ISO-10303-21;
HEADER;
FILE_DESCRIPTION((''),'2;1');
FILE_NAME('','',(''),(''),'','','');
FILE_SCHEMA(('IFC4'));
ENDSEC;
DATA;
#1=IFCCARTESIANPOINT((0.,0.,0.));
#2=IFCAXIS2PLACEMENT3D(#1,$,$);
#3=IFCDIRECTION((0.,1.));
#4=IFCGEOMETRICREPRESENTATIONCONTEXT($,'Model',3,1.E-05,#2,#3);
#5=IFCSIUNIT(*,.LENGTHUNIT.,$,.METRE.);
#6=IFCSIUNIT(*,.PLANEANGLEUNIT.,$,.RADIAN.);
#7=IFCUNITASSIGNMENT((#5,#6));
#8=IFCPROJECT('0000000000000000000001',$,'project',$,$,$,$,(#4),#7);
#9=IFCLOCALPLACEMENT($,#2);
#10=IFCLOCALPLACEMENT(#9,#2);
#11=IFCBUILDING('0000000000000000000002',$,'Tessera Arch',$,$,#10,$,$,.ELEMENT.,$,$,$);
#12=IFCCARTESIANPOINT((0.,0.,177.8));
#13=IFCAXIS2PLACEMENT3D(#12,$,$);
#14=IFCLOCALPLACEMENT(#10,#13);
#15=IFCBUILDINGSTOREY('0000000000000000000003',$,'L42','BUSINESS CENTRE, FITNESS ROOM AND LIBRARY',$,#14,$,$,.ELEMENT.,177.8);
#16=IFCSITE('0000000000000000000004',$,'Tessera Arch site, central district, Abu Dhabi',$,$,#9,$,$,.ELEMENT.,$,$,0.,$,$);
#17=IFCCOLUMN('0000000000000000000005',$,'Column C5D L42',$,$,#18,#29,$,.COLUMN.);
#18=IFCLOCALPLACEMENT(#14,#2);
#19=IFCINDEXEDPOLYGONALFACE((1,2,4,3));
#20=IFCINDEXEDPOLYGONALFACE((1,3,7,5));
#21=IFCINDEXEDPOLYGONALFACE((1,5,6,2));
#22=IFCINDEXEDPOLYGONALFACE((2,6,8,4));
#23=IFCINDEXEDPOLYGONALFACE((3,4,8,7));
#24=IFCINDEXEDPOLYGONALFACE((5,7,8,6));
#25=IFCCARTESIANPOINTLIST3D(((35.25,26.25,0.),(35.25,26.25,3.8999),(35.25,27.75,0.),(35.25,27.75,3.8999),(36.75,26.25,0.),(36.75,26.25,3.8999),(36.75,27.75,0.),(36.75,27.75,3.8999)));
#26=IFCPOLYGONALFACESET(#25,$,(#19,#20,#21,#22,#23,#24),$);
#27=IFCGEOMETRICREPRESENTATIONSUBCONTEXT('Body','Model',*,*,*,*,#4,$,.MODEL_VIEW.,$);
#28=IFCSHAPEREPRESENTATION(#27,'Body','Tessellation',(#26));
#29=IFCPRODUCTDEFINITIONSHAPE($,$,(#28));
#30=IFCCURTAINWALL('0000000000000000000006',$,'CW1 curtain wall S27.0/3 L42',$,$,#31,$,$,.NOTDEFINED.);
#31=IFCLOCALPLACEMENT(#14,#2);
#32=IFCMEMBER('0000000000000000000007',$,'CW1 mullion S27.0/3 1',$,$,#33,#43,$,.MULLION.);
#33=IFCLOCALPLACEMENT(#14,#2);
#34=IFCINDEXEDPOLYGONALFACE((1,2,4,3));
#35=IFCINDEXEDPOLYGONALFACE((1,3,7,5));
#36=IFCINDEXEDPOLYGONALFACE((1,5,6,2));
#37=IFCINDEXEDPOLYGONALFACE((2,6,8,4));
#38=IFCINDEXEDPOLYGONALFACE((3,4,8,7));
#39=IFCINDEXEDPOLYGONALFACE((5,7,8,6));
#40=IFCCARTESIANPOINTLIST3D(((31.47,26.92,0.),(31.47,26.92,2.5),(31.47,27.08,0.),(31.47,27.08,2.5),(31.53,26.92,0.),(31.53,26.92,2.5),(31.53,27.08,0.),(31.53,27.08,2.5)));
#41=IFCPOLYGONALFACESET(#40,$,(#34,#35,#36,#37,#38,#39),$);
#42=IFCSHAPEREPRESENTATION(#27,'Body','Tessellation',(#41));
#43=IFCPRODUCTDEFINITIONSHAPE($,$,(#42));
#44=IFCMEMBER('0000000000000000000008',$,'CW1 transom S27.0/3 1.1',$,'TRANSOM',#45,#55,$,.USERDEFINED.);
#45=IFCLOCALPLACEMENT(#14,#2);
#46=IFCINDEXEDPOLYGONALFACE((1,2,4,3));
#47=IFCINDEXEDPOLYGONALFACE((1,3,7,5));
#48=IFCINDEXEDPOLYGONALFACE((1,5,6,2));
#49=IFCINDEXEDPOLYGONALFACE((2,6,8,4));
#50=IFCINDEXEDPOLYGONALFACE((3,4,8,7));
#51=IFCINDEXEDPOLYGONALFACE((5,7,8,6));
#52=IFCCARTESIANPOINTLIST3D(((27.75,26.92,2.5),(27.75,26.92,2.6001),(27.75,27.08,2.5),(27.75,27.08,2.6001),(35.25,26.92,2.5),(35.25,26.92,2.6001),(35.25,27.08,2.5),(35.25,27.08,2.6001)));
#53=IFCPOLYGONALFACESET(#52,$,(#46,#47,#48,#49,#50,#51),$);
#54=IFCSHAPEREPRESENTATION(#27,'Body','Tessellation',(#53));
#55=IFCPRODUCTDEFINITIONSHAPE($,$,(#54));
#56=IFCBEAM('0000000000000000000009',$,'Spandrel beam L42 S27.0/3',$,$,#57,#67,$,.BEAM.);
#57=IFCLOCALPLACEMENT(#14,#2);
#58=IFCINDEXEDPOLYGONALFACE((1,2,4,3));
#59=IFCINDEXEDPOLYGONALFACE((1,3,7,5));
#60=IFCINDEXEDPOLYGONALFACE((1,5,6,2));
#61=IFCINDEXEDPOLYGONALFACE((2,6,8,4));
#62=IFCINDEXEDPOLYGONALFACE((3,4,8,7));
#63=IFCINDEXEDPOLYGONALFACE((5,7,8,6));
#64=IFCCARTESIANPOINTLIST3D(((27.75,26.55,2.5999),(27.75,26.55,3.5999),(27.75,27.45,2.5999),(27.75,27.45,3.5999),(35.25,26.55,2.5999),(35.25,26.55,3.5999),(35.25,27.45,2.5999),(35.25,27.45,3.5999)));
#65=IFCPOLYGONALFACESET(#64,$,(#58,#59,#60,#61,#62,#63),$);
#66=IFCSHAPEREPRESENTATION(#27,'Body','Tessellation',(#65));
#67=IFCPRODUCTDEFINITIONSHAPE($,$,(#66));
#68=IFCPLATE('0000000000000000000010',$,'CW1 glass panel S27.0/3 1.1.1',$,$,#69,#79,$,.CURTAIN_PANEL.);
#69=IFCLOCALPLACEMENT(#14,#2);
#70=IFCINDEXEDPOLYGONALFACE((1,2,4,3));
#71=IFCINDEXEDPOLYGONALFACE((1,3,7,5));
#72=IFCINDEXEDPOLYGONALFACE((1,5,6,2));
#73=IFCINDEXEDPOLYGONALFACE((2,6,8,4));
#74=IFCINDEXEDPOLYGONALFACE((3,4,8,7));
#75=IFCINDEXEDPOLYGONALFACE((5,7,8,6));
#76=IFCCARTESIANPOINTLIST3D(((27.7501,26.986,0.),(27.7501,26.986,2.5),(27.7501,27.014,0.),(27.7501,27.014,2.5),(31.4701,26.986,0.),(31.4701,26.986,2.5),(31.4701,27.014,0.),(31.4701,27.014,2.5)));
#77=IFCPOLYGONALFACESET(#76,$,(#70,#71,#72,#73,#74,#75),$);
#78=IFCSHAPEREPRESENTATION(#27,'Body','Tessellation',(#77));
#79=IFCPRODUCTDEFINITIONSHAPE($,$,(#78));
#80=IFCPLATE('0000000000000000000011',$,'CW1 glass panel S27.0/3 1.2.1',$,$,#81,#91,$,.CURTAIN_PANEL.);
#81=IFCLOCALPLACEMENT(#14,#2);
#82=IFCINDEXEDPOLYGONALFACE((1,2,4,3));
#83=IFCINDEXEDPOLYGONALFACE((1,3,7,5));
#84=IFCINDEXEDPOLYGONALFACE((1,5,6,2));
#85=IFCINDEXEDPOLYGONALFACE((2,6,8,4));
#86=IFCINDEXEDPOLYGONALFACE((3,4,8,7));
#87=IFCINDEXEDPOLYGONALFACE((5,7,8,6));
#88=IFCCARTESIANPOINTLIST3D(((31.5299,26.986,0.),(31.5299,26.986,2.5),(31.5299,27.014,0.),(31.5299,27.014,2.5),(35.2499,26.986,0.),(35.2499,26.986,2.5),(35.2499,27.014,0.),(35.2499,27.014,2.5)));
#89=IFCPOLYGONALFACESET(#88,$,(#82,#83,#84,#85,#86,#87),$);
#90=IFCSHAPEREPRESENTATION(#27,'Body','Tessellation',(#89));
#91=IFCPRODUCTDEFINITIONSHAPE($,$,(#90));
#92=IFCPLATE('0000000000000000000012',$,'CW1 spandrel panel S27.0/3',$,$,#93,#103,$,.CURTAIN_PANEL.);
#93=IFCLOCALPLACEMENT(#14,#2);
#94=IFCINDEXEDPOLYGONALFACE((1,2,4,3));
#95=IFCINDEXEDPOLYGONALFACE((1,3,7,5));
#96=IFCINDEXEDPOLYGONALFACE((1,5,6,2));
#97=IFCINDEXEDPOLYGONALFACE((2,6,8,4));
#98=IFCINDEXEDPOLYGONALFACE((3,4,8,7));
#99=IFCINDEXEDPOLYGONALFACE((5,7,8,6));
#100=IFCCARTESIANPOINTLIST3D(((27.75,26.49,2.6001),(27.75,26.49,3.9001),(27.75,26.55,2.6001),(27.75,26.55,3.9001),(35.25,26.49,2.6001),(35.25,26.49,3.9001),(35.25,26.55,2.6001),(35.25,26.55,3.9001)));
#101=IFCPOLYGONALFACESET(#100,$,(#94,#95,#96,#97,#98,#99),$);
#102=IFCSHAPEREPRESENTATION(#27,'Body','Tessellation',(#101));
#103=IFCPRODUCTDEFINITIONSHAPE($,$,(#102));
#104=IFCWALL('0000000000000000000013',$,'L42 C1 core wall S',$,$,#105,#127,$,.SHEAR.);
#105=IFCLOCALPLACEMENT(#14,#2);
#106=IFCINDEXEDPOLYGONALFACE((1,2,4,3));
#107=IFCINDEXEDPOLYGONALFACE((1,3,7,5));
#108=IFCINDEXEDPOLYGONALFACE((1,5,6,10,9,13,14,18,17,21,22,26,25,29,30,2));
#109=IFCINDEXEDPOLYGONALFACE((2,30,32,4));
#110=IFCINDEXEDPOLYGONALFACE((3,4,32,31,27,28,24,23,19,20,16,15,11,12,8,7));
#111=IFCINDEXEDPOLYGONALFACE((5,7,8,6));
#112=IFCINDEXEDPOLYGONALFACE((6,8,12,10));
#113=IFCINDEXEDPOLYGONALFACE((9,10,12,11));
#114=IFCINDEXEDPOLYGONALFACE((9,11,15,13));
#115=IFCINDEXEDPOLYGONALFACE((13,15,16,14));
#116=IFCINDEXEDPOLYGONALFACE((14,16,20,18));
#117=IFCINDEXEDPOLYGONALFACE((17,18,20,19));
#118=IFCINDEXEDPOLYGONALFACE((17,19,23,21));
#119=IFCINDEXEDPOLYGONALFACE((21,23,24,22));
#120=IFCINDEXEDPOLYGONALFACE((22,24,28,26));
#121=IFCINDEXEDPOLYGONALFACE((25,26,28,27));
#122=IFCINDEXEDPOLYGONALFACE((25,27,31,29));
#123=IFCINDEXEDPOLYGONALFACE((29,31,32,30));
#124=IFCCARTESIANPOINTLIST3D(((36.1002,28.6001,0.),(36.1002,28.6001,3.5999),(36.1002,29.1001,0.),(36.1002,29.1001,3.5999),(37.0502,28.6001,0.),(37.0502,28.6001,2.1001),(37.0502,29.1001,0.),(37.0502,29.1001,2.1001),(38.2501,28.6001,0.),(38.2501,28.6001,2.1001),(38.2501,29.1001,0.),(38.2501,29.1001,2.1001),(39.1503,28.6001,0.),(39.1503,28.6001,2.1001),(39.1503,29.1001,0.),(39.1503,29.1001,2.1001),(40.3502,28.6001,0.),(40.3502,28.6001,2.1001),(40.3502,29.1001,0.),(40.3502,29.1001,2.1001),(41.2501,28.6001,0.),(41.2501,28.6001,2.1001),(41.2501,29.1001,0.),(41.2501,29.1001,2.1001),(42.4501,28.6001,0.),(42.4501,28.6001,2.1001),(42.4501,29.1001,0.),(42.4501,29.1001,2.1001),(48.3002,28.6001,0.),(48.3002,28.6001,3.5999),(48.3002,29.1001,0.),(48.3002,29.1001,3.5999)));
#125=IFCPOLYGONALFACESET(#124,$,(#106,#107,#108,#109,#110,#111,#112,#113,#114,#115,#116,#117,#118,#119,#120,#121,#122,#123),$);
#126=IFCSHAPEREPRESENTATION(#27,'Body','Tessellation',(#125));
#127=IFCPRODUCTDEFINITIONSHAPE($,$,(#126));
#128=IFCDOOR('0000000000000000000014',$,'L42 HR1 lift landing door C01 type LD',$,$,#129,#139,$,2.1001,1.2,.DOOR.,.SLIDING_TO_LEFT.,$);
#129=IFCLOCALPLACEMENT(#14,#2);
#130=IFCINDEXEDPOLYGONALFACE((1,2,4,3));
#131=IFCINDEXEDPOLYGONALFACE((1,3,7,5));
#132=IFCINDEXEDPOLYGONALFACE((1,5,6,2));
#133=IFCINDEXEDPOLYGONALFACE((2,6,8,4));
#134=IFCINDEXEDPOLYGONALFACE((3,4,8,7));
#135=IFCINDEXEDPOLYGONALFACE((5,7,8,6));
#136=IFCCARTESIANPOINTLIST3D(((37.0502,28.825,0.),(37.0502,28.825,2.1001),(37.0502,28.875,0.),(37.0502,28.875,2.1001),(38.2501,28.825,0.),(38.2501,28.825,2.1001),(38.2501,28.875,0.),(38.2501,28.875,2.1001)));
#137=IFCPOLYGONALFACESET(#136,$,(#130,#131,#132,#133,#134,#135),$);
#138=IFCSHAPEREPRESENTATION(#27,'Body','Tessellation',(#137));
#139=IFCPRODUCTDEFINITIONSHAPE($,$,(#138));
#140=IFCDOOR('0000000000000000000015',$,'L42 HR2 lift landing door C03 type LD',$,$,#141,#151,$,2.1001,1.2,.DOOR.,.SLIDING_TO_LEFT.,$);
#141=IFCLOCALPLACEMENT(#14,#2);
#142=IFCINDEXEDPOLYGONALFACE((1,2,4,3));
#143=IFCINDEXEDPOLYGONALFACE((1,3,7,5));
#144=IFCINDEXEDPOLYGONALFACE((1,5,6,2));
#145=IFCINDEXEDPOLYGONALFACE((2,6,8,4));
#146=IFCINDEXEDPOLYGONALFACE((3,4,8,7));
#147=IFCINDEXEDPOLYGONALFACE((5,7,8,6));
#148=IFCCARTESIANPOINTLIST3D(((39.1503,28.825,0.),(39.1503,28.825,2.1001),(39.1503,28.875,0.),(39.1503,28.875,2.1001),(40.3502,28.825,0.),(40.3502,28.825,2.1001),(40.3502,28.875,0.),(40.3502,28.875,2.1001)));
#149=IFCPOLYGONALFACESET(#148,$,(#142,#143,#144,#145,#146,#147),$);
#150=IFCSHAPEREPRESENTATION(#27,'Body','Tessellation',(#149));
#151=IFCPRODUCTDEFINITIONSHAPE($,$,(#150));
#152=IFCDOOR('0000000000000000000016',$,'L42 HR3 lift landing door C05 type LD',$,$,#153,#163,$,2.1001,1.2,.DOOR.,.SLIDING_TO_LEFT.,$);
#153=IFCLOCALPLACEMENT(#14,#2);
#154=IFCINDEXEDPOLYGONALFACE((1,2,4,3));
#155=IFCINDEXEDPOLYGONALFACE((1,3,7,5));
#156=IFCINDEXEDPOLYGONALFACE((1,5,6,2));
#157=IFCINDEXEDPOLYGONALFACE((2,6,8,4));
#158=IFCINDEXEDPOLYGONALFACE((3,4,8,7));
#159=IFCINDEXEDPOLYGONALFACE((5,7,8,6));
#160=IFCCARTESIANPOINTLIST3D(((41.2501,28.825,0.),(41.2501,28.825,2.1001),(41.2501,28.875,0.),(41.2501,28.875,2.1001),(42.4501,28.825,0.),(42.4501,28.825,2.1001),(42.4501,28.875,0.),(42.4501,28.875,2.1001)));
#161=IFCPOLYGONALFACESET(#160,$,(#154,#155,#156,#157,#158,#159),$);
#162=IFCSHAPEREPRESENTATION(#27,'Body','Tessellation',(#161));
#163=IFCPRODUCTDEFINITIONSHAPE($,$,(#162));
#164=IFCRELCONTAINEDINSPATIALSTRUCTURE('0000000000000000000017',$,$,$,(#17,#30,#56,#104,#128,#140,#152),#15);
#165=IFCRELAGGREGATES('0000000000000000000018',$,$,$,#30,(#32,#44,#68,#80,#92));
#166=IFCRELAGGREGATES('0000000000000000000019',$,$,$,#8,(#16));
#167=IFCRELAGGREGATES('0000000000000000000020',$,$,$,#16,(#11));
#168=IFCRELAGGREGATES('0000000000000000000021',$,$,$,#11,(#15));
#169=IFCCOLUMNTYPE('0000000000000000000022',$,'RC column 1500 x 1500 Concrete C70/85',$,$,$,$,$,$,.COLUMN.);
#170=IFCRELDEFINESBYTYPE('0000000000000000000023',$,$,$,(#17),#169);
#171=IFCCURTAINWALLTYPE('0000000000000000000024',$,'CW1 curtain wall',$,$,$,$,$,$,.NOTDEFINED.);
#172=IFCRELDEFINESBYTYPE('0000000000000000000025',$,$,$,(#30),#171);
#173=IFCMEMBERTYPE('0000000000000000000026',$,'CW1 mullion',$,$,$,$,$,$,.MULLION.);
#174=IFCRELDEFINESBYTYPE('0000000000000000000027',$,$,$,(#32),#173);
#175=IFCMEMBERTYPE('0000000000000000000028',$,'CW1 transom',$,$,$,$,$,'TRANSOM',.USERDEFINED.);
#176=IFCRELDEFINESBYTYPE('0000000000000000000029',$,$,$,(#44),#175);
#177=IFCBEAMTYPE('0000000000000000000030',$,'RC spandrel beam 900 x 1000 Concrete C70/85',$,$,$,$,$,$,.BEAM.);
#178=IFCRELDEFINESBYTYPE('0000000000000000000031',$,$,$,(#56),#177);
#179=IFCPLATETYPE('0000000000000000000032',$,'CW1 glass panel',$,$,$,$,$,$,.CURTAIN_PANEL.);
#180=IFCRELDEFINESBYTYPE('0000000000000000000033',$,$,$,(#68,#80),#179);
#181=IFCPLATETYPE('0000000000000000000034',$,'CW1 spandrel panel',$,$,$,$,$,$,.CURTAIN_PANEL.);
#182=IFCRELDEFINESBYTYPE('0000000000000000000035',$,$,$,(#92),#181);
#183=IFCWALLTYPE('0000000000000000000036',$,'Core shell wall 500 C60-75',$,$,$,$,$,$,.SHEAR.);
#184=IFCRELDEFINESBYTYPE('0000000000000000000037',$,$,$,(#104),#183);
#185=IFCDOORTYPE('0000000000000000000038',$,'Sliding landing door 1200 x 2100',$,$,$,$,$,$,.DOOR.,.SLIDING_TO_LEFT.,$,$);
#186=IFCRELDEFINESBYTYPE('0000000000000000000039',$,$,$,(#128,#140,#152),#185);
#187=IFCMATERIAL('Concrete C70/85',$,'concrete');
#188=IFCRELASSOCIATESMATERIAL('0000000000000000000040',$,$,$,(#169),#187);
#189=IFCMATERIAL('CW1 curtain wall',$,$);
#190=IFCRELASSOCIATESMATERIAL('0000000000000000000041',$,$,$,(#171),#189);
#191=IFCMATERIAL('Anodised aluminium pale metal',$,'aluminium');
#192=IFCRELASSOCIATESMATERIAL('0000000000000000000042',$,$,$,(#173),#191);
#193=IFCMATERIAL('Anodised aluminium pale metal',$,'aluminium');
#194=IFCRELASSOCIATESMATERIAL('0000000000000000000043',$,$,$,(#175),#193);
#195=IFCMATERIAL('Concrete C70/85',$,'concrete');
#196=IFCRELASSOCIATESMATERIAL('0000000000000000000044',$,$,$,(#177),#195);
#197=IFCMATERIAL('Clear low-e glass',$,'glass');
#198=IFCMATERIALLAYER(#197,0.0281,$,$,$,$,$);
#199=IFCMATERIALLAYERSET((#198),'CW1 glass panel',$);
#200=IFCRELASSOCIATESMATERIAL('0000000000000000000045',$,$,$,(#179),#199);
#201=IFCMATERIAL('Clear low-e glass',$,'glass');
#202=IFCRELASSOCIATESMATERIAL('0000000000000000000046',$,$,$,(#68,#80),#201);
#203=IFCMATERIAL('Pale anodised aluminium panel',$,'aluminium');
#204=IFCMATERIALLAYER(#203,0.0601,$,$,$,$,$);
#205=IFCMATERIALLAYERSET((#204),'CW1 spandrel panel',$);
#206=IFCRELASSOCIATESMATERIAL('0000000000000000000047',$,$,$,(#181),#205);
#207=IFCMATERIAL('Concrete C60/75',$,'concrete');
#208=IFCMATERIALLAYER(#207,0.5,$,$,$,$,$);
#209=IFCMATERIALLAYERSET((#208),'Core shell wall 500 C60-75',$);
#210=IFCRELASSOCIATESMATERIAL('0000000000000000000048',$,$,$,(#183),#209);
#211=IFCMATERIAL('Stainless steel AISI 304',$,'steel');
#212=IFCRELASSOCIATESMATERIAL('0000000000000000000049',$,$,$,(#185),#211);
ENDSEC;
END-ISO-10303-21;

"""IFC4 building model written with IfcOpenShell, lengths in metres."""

from ifc_helpers import new_model, si_unit, direction, frame, frame_2d, origin, origin_2d, place, context, subcontext, project, spatial, rectangle, extrude, material, layer, layer_set, material_profile, profile_set, type_object, element, fill, aggregate, save


model = new_model("IFC4")

# Units and contexts
model_context = context("Model", 3, precision=1e-05, world=origin(), true_north=direction((0.0, 1.0)))
body_context = subcontext(model_context, "Body", "Model", "MODEL_VIEW")
ifc_project = project(units=[si_unit("LENGTHUNIT", "METRE"), si_unit("PLANEANGLEUNIT", "RADIAN")], contexts=[model_context])

# Site, building, storey
site_placement = place(None, origin())
site = spatial("IfcSite", under=ifc_project, at=site_placement, Name="Tessera Arch site, central district, Abu Dhabi", CompositionType="ELEMENT", RefElevation=0.0)
building_placement = place(site_placement, origin())
building = spatial("IfcBuilding", under=site, at=building_placement, Name="Tessera Arch", CompositionType="ELEMENT")
storey_placement = place(building_placement, frame((0.0, 0.0, 177.8)))
storey = spatial("IfcBuildingStorey", under=building, at=storey_placement, Name="L42", Description="BUSINESS CENTRE, FITNESS ROOM AND LIBRARY", CompositionType="ELEMENT", Elevation=177.8)

# Column
ifc_material_1 = material(Name="Concrete C70/85", Category="concrete")
ifc_material_profile_1 = material_profile(ifc_material_1, rectangle(XDim=1.5, YDim=1.5, at=origin_2d()), Name="RC column 1500 x 1500 Concrete C70/85")
ifc_profile_set_1 = profile_set([ifc_material_profile_1], Name="Concrete C70/85")
column_type = type_object("IfcColumnType", Name="RC column 1500 x 1500 Concrete C70/85", PredefinedType="COLUMN", material=ifc_profile_set_1)
column_placement = place(storey_placement, frame((36.0, 27.0, 0.0), z_axis=(0.0, 0.0, 1.0), x_axis=(1.0, 0.0, 0.0)))
element("IfcColumn", 1, at=column_placement, inside=storey, type_object=column_type, Name="Column C5D L42", PredefinedType="COLUMN", context=body_context, shape_type="SweptSolid", body=[
    extrude(rectangle(XDim=1.5, YDim=1.5, at=origin_2d()), origin(), (0.0, 0.0, 1.0), 3.8999),
])

# Curtain wall, members
ifc_material_2 = material(Name="CW1 curtain wall")
curtain_wall_type = type_object("IfcCurtainWallType", Name="CW1 curtain wall", PredefinedType="NOTDEFINED", material=ifc_material_2)
curtain_wall_placement = place(storey_placement, origin())
curtain_wall = element("IfcCurtainWall", 2, at=curtain_wall_placement, inside=storey, type_object=curtain_wall_type, Name="CW1 curtain wall S27.0/3 L42", PredefinedType="NOTDEFINED")
ifc_material_3 = material(Name="Anodised aluminium pale metal", Category="aluminium")
ifc_material_profile_2 = material_profile(ifc_material_3, rectangle(XDim=0.1599, YDim=0.0601, at=origin_2d()), Name="AL 60x160")
ifc_profile_set_2 = profile_set([ifc_material_profile_2], Name="Anodised aluminium pale metal")
member_type_1 = type_object("IfcMemberType", Name="CW1 mullion", PredefinedType="MULLION", material=ifc_profile_set_2)
member_1_placement = place(storey_placement, frame((31.5, 27.0, 0.0), z_axis=(0.0, 0.0, 1.0), x_axis=(0.0, 1.0, 0.0)))
member_1 = element("IfcMember", 3, at=member_1_placement, type_object=member_type_1, Name="CW1 mullion S27.0/3 1", PredefinedType="MULLION", context=body_context, shape_type="SweptSolid", body=[
    extrude(rectangle(XDim=0.1599, YDim=0.0601, at=origin_2d()), origin(), (0.0, 0.0, 1.0), 2.5),
])
ifc_material_4 = material(Name="Anodised aluminium pale metal", Category="aluminium")
ifc_material_profile_3 = material_profile(ifc_material_4, rectangle(XDim=0.1599, YDim=0.1001, at=origin_2d()), Name="AL 160x100")
ifc_profile_set_3 = profile_set([ifc_material_profile_3], Name="Anodised aluminium pale metal")
member_type_2 = type_object("IfcMemberType", Name="CW1 transom", ElementType="TRANSOM", PredefinedType="USERDEFINED", material=ifc_profile_set_3)
member_2_placement = place(storey_placement, frame((27.75, 27.0, 2.55), z_axis=(1.0, 0.0, 0.0), x_axis=(0.0, 1.0, 0.0)))
member_2 = element("IfcMember", 4, at=member_2_placement, type_object=member_type_2, Name="CW1 transom S27.0/3 1.1", ObjectType="TRANSOM", PredefinedType="USERDEFINED", context=body_context, shape_type="SweptSolid", body=[
    extrude(rectangle(XDim=0.1599, YDim=0.1001, at=origin_2d()), origin(), (0.0, 0.0, 1.0), 7.5),
])

# Beam
ifc_material_5 = material(Name="Concrete C70/85", Category="concrete")
ifc_material_profile_4 = material_profile(ifc_material_5, rectangle(XDim=0.8999, YDim=1.0, at=origin_2d()), Name="RC spandrel beam 900 x 1000 Concrete C70/85")
ifc_profile_set_4 = profile_set([ifc_material_profile_4], Name="Concrete C70/85")
beam_type = type_object("IfcBeamType", Name="RC spandrel beam 900 x 1000 Concrete C70/85", PredefinedType="BEAM", material=ifc_profile_set_4)
beam_placement = place(storey_placement, frame((27.75, 27.0, 3.0999), z_axis=(1.0, 0.0, 0.0), x_axis=(0.0, 1.0, 0.0)))
element("IfcBeam", 5, at=beam_placement, inside=storey, type_object=beam_type, Name="Spandrel beam L42 S27.0/3", PredefinedType="BEAM", context=body_context, shape_type="SweptSolid", body=[
    extrude(rectangle(XDim=0.8999, YDim=1.0, at=origin_2d()), origin(), (0.0, 0.0, 1.0), 7.5),
])

# Plates
ifc_material_6 = material(Name="Clear low-e glass", Category="glass")
ifc_material_7 = material(Name="Clear low-e glass", Category="glass")
ifc_layer_1 = layer(ifc_material_7, 0.0281)
ifc_layer_set_1 = layer_set([ifc_layer_1], Name="CW1 glass panel")
plate_type_1 = type_object("IfcPlateType", Name="CW1 glass panel", PredefinedType="CURTAIN_PANEL", material=ifc_layer_set_1)
plate_1_placement = place(storey_placement, frame((29.6101, 27.0, 0.0), z_axis=(0.0, 0.0, 1.0), x_axis=(1.0, 0.0, 0.0)))
plate_1 = element("IfcPlate", 6, at=plate_1_placement, type_object=plate_type_1, material=ifc_material_6, Name="CW1 glass panel S27.0/3 1.1.1", PredefinedType="CURTAIN_PANEL", context=body_context, shape_type="SweptSolid", body=[
    extrude(rectangle(XDim=3.72, YDim=0.0281, at=origin_2d()), origin(), (0.0, 0.0, 1.0), 2.5),
])
plate_2_placement = place(storey_placement, frame((33.3899, 27.0, 0.0), z_axis=(0.0, 0.0, 1.0), x_axis=(1.0, 0.0, 0.0)))
plate_2 = element("IfcPlate", 7, at=plate_2_placement, type_object=plate_type_1, material=ifc_material_6, Name="CW1 glass panel S27.0/3 1.2.1", PredefinedType="CURTAIN_PANEL", context=body_context, shape_type="SweptSolid", body=[
    extrude(rectangle(XDim=3.72, YDim=0.0281, at=origin_2d()), origin(), (0.0, 0.0, 1.0), 2.5),
])
ifc_material_8 = material(Name="Pale anodised aluminium panel", Category="aluminium")
ifc_layer_2 = layer(ifc_material_8, 0.0601)
ifc_layer_set_2 = layer_set([ifc_layer_2], Name="CW1 spandrel panel")
plate_type_2 = type_object("IfcPlateType", Name="CW1 spandrel panel", PredefinedType="CURTAIN_PANEL", material=ifc_layer_set_2)
plate_3_placement = place(storey_placement, frame((31.5, 26.52, 2.6001), z_axis=(0.0, 0.0, 1.0), x_axis=(1.0, 0.0, 0.0)))
plate_3 = element("IfcPlate", 8, at=plate_3_placement, type_object=plate_type_2, Name="CW1 spandrel panel S27.0/3", PredefinedType="CURTAIN_PANEL", context=body_context, shape_type="SweptSolid", body=[
    extrude(rectangle(XDim=7.5, YDim=0.0601, at=origin_2d()), origin(), (0.0, 0.0, 1.0), 1.3),
])
aggregate(curtain_wall, [member_1, member_2, plate_1, plate_2, plate_3])

# Wall, openings, doors
ifc_material_9 = material(Name="Concrete C60/75", Category="concrete")
ifc_layer_3 = layer(ifc_material_9, 0.5)
ifc_layer_set_3 = layer_set([ifc_layer_3], Name="Core shell wall 500 C60-75")
wall_type_1 = type_object("IfcWallType", Name="Core shell wall 500 C60-75", PredefinedType="SHEAR", material=ifc_layer_set_3)
wall_1_placement = place(storey_placement, frame((36.1001, 28.8501, 0.0), z_axis=(0.0, 0.0, 1.0), x_axis=(1.0, 0.0, 0.0)))
wall_1 = element("IfcWall", 9, at=wall_1_placement, inside=storey, type_object=wall_type_1, Name="L42 C1 core wall S", PredefinedType="SHEAR", context=body_context, shape_type="SweptSolid", body=[
    extrude(rectangle(XDim=12.2, YDim=0.5, at=frame_2d((6.1001, 0.0))), origin(), (0.0, 0.0, 1.0), 3.5999),
])
opening_1_placement = place(wall_1_placement, frame((0.95, 0.0, 0.0)))
opening_1 = element("IfcOpeningElement", 10, at=opening_1_placement, cuts=wall_1, PredefinedType="OPENING", context=body_context, shape_type="SweptSolid", body=[
    extrude(rectangle(XDim=1.2, YDim=2.1001, at=frame_2d((0.6001, 1.05))), frame((0.0, 0.26, 0.0), z_axis=(0.0, -1.0, 0.0), x_axis=(1.0, 0.0, 0.0)), (0.0, 0.0, 1.0), 0.52),
])
opening_2_placement = place(wall_1_placement, frame((3.05, 0.0, 0.0)))
opening_2 = element("IfcOpeningElement", 11, at=opening_2_placement, cuts=wall_1, PredefinedType="OPENING", context=body_context, shape_type="SweptSolid", body=[
    extrude(rectangle(XDim=1.2, YDim=2.1001, at=frame_2d((0.6001, 1.05))), frame((0.0, 0.26, 0.0), z_axis=(0.0, -1.0, 0.0), x_axis=(1.0, 0.0, 0.0)), (0.0, 0.0, 1.0), 0.52),
])
opening_3_placement = place(wall_1_placement, frame((5.1499, 0.0, 0.0)))
opening_3 = element("IfcOpeningElement", 12, at=opening_3_placement, cuts=wall_1, PredefinedType="OPENING", context=body_context, shape_type="SweptSolid", body=[
    extrude(rectangle(XDim=1.2, YDim=2.1001, at=frame_2d((0.6001, 1.05))), frame((0.0, 0.26, 0.0), z_axis=(0.0, -1.0, 0.0), x_axis=(1.0, 0.0, 0.0)), (0.0, 0.0, 1.0), 0.52),
])
ifc_material_10 = material(Name="Stainless steel AISI 304", Category="steel")
door_type_1 = type_object("IfcDoorType", Name="Sliding landing door 1200 x 2100", OperationType="SLIDING_TO_LEFT", PredefinedType="DOOR", material=ifc_material_10)
door_1_placement = place(opening_1_placement, origin())
door_1 = element("IfcDoor", 13, at=door_1_placement, inside=storey, type_object=door_type_1, Name="L42 HR1 lift landing door C01 type LD", OperationType="SLIDING_TO_LEFT", OverallHeight=2.1001, OverallWidth=1.2, PredefinedType="DOOR", context=body_context, shape_type="SweptSolid", body=[
    extrude(rectangle(XDim=1.2, YDim=2.1001, at=frame_2d((0.6001, 1.05))), frame((0.0, 0.0249, 0.0), z_axis=(0.0, -1.0, 0.0), x_axis=(1.0, 0.0, 0.0)), (0.0, 0.0, 1.0), 0.05),
])
fill(opening_1, door_1)
door_2_placement = place(opening_2_placement, origin())
door_2 = element("IfcDoor", 14, at=door_2_placement, inside=storey, type_object=door_type_1, Name="L42 HR2 lift landing door C03 type LD", OperationType="SLIDING_TO_LEFT", OverallHeight=2.1001, OverallWidth=1.2, PredefinedType="DOOR", context=body_context, shape_type="SweptSolid", body=[
    extrude(rectangle(XDim=1.2, YDim=2.1001, at=frame_2d((0.6001, 1.05))), frame((0.0, 0.0249, 0.0), z_axis=(0.0, -1.0, 0.0), x_axis=(1.0, 0.0, 0.0)), (0.0, 0.0, 1.0), 0.05),
])
fill(opening_2, door_2)
door_3_placement = place(opening_3_placement, origin())
door_3 = element("IfcDoor", 15, at=door_3_placement, inside=storey, type_object=door_type_1, Name="L42 HR3 lift landing door C05 type LD", OperationType="SLIDING_TO_LEFT", OverallHeight=2.1001, OverallWidth=1.2, PredefinedType="DOOR", context=body_context, shape_type="SweptSolid", body=[
    extrude(rectangle(XDim=1.2, YDim=2.1001, at=frame_2d((0.6001, 1.05))), frame((0.0, 0.0249, 0.0), z_axis=(0.0, -1.0, 0.0), x_axis=(1.0, 0.0, 0.0)), (0.0, 0.0, 1.0), 0.05),
])
fill(opening_3, door_3)

save(model, "model.ifc")
